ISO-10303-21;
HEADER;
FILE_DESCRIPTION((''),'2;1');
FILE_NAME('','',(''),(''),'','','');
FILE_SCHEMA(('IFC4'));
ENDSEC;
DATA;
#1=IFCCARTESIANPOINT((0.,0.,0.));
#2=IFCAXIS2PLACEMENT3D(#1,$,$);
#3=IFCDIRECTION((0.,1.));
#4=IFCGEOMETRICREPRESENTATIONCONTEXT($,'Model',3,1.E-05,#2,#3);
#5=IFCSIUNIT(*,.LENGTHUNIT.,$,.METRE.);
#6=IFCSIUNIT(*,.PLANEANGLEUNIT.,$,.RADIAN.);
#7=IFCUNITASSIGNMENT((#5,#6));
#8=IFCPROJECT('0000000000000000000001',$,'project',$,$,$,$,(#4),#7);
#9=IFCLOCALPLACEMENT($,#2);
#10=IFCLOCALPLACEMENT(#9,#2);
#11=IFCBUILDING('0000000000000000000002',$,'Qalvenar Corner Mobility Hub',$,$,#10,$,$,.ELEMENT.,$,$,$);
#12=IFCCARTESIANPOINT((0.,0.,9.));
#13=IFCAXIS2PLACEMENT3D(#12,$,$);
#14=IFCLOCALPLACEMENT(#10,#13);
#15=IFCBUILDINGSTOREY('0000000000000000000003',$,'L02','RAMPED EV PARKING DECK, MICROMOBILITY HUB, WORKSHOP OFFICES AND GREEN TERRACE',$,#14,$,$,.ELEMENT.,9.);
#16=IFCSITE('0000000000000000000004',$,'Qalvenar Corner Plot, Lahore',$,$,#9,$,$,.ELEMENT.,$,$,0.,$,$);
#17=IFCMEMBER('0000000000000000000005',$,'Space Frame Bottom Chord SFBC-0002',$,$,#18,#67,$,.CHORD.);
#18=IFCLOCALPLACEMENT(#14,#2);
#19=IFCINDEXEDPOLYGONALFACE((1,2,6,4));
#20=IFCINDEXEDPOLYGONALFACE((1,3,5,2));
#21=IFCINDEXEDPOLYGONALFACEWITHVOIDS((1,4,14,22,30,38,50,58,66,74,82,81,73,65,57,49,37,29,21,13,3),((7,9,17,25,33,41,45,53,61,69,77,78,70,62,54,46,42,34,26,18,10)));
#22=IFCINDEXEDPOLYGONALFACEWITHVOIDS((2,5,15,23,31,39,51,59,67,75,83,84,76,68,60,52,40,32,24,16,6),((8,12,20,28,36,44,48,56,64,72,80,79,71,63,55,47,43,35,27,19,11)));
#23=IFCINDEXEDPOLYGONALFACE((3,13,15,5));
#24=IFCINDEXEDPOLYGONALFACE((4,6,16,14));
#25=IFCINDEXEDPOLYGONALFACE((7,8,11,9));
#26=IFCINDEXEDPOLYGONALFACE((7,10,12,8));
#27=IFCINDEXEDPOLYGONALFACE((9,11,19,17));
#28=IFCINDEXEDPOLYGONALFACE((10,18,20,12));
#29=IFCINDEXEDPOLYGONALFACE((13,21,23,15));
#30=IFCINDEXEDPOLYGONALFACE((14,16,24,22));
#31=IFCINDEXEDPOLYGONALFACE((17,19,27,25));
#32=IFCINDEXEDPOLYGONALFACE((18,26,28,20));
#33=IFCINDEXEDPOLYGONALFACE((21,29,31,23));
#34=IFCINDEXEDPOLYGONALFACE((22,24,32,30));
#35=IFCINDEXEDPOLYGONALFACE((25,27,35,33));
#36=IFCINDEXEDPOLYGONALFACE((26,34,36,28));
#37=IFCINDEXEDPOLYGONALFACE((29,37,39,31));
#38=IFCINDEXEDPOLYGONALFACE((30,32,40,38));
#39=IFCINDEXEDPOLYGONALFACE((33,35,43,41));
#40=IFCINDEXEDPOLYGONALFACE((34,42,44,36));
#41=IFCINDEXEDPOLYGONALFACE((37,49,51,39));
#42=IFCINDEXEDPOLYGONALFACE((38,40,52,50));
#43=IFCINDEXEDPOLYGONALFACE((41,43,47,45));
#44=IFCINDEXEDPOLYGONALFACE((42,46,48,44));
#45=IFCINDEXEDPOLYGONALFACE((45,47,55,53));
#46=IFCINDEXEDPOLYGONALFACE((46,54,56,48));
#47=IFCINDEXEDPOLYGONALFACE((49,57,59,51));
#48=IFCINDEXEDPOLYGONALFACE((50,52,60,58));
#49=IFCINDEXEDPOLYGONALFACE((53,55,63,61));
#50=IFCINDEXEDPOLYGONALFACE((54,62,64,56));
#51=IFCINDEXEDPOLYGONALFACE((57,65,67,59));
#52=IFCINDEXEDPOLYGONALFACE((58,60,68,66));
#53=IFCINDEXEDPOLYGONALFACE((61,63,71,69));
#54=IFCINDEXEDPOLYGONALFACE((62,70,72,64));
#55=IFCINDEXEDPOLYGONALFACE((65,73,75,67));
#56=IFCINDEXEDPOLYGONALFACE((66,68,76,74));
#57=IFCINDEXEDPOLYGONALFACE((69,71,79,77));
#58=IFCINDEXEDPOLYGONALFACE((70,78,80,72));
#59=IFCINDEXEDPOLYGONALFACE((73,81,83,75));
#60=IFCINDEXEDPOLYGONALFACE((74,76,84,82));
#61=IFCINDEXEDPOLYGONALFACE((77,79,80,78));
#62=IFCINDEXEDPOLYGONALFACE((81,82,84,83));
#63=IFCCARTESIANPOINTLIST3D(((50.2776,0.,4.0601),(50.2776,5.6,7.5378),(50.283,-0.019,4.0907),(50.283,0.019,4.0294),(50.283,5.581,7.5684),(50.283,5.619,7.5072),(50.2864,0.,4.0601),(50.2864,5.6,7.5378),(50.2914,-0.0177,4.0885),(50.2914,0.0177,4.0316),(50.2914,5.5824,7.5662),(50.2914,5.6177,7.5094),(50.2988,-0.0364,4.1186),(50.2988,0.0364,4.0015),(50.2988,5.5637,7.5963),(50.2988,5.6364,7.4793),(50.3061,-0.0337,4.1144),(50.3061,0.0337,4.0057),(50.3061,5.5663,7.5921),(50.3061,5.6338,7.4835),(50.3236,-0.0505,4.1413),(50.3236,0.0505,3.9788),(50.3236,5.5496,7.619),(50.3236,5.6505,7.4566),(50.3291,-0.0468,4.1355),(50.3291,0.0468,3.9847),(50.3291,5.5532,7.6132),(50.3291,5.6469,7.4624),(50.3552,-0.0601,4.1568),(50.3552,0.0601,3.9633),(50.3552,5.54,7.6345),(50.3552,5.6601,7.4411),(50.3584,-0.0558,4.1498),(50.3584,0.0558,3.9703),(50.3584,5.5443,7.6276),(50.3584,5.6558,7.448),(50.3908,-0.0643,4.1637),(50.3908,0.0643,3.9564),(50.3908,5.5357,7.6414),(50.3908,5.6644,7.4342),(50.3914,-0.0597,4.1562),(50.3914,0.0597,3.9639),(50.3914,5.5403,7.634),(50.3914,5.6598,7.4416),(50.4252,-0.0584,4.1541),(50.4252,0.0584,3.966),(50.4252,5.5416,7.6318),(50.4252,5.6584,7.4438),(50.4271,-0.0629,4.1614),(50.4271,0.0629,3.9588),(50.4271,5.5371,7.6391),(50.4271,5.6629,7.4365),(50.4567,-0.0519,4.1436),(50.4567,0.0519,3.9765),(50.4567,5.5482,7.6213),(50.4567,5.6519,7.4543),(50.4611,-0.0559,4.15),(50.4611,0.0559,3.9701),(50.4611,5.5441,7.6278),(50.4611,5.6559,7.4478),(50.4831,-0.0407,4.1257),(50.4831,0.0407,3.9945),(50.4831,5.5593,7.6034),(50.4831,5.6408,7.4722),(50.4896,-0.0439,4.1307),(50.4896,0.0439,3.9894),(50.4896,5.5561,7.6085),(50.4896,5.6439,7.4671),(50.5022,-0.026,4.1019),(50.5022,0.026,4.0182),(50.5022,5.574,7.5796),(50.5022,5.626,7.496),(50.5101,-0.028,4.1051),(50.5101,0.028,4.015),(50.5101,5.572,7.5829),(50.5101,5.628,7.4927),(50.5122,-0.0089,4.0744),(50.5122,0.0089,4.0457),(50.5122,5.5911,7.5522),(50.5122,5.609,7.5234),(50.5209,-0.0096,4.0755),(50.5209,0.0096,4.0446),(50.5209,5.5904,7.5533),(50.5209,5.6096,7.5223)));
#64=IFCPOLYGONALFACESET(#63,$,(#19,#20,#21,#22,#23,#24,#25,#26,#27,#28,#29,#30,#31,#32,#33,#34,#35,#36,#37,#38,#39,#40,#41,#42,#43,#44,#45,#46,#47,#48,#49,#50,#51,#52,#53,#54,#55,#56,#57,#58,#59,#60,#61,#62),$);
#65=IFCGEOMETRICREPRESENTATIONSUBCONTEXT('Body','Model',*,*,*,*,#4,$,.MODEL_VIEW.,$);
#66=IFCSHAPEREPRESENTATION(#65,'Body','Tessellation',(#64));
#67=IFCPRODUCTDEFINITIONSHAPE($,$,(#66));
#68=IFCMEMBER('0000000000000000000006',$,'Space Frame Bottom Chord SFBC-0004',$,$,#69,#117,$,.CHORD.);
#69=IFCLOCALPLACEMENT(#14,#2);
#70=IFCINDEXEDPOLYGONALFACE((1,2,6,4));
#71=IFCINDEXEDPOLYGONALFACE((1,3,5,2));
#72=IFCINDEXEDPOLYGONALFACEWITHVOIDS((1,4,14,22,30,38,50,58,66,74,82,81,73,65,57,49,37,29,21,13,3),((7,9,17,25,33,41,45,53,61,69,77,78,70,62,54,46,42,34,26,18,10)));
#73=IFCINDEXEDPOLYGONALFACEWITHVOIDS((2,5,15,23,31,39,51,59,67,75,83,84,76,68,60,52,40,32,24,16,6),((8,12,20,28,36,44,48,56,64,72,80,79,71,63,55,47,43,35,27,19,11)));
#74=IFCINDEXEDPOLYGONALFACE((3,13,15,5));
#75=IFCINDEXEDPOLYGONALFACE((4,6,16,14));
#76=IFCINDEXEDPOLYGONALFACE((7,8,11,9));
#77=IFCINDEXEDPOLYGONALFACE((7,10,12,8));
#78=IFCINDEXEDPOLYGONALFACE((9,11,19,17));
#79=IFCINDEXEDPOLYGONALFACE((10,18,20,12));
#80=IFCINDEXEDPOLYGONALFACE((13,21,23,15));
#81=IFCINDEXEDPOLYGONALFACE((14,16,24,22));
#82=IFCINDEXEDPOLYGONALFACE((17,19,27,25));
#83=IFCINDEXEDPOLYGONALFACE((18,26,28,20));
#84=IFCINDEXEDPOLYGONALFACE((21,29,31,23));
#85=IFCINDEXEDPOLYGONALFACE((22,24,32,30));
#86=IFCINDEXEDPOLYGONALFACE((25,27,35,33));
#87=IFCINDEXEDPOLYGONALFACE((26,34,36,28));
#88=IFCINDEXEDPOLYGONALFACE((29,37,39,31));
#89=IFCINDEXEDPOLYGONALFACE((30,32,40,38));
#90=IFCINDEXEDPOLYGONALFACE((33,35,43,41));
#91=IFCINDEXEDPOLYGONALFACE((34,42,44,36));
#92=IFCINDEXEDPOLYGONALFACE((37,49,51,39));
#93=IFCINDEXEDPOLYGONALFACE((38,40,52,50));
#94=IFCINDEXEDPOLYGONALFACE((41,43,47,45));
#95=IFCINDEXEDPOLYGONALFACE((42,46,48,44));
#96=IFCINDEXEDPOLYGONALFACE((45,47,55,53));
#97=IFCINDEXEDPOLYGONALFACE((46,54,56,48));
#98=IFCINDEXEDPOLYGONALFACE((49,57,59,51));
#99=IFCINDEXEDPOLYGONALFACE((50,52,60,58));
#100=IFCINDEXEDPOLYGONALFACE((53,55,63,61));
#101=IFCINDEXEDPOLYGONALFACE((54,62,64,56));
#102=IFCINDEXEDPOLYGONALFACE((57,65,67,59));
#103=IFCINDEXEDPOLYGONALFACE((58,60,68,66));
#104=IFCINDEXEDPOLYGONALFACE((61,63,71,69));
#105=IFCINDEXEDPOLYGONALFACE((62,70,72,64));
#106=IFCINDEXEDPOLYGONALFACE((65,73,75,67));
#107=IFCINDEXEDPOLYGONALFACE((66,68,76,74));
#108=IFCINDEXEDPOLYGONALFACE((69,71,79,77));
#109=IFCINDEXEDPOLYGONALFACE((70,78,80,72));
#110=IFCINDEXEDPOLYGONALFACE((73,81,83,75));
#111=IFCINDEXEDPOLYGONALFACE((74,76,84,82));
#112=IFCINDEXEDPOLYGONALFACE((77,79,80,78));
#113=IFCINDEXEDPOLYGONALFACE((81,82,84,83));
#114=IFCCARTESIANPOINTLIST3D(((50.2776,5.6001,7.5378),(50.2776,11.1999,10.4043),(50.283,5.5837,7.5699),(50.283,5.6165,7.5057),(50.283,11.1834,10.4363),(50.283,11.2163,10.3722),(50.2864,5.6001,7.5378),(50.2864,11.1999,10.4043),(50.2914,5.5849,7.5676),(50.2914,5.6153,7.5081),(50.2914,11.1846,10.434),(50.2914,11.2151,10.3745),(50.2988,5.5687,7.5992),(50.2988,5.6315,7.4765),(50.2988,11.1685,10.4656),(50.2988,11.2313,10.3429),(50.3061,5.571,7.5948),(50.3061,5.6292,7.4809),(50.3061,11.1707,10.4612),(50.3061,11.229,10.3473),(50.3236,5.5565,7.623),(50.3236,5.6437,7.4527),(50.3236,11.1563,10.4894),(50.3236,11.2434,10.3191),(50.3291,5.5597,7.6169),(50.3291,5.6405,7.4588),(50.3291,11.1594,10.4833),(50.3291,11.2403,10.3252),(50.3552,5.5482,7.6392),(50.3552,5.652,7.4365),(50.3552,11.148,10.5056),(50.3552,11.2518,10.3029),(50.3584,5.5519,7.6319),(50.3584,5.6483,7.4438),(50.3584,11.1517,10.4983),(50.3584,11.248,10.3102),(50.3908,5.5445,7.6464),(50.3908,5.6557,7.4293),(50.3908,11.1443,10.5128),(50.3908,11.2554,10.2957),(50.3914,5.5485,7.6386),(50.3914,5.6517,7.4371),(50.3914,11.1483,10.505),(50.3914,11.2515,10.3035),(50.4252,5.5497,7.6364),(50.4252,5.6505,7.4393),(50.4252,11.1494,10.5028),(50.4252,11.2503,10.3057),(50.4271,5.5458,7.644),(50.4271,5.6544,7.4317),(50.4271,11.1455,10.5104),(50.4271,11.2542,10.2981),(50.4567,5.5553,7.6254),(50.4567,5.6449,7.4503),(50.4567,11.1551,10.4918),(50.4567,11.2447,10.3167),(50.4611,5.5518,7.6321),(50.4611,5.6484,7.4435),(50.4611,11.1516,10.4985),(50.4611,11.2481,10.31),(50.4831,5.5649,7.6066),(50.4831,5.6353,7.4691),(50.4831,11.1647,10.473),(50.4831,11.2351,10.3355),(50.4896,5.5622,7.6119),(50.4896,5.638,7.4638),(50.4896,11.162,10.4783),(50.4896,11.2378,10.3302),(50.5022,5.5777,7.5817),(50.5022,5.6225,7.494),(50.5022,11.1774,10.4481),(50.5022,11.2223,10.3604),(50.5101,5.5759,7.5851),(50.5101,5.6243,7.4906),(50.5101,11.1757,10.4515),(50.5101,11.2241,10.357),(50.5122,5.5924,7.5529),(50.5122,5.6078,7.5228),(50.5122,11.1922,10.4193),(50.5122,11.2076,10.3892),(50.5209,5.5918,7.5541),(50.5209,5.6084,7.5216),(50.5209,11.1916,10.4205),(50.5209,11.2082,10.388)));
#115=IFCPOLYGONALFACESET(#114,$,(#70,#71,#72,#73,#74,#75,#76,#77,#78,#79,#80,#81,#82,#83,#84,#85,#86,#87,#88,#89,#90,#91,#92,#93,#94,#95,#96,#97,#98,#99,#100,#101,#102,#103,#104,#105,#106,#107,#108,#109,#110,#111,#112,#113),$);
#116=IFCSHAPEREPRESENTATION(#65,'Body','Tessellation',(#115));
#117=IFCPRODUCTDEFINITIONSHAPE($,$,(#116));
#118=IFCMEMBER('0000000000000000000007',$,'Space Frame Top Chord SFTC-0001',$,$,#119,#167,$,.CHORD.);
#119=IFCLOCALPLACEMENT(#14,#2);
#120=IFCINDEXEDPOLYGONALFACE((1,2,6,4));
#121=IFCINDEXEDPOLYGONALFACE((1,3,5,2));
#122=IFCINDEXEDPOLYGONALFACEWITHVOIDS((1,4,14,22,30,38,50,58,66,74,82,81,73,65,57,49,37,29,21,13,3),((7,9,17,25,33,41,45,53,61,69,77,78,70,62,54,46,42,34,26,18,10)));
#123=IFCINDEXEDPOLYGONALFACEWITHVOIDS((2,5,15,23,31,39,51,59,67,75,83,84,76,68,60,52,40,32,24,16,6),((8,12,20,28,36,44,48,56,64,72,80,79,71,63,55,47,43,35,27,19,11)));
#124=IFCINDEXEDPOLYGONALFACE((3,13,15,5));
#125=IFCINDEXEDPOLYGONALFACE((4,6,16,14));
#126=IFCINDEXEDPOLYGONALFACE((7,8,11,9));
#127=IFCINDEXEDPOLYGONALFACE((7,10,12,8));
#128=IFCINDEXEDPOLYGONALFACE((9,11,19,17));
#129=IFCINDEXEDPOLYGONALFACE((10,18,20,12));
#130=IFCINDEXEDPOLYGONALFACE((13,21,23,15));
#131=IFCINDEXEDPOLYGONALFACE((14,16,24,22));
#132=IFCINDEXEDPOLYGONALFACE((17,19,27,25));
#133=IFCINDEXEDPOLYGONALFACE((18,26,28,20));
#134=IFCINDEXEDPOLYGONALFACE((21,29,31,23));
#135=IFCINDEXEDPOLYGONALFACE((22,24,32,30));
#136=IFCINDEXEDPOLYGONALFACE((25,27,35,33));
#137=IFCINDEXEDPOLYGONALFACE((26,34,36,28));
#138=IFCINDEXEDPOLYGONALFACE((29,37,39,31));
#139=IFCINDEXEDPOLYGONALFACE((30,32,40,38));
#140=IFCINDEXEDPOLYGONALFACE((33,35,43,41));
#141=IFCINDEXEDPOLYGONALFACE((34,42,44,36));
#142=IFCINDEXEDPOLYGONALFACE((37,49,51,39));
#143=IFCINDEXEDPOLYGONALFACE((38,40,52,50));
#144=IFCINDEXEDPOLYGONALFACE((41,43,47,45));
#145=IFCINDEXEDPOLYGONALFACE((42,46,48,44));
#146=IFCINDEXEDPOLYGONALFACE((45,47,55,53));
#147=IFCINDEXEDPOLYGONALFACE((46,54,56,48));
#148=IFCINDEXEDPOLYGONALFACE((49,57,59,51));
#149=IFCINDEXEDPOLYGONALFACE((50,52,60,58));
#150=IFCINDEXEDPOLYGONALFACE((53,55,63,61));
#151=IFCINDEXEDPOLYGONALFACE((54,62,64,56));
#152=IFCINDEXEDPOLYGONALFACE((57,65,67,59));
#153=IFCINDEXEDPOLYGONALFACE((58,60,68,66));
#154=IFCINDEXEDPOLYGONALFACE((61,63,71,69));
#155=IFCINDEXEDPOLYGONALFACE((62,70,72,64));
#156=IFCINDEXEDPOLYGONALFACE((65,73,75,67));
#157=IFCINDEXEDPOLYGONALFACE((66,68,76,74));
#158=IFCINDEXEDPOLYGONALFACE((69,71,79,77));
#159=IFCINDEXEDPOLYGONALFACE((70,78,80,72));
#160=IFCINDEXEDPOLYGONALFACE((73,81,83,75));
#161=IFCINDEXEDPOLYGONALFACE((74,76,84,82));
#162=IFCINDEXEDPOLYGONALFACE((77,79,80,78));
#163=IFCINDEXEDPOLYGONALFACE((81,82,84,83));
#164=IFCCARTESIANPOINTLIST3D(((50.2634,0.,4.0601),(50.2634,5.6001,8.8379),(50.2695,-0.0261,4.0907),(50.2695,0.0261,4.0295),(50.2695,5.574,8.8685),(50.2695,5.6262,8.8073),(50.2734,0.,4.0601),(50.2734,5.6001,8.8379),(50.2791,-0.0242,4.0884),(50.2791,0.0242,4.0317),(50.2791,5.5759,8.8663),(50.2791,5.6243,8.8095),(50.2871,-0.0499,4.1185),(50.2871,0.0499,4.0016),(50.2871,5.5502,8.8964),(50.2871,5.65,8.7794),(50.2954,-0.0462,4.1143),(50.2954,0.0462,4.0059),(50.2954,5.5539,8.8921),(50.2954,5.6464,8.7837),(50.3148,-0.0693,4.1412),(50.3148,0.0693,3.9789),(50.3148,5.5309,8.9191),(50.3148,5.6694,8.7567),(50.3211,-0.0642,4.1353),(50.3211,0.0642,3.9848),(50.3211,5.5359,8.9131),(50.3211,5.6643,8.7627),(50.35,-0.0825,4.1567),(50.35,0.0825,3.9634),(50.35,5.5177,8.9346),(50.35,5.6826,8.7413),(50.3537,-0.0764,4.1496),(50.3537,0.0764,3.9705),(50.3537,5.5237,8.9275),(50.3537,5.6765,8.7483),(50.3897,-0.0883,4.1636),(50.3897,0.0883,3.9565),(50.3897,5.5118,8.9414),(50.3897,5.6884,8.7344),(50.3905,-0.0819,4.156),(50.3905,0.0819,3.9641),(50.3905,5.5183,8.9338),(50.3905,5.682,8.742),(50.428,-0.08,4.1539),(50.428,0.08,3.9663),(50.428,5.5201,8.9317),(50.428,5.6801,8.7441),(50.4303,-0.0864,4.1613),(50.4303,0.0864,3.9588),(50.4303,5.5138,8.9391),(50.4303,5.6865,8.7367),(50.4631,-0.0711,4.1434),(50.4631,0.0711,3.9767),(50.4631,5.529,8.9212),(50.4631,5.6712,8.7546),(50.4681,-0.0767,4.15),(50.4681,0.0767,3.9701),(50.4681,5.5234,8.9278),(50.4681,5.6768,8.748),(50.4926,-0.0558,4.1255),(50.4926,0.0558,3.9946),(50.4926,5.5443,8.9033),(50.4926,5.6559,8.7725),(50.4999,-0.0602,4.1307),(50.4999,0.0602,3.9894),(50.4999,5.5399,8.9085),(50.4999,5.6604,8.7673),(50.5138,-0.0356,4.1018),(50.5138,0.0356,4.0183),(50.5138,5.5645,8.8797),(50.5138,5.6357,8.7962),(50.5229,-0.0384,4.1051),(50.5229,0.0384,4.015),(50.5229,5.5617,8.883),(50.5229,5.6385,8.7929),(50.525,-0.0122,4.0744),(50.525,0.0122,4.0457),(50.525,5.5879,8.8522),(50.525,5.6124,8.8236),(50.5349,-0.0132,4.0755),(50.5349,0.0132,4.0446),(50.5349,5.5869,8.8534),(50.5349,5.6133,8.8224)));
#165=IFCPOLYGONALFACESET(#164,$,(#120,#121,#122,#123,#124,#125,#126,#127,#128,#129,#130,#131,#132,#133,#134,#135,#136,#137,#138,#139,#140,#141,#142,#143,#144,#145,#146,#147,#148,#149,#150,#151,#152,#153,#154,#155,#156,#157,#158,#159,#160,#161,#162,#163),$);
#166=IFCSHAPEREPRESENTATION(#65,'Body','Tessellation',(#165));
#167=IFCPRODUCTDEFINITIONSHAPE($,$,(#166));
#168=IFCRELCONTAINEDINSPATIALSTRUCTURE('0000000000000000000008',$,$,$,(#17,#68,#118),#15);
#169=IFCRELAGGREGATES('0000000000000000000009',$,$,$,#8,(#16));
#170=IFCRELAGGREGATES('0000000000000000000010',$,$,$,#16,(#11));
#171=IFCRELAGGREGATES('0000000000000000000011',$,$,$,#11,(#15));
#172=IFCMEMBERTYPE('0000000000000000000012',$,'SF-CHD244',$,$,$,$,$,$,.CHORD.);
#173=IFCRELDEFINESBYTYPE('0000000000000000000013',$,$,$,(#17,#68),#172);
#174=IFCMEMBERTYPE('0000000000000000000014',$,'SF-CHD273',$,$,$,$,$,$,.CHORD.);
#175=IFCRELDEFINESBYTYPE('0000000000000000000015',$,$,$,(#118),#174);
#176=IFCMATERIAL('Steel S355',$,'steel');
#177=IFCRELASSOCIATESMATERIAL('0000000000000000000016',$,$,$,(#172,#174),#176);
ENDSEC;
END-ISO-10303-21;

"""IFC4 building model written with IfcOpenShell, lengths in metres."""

from ifc_helpers import new_model, si_unit, direction, frame, origin, origin_2d, place, context, subcontext, project, spatial, hollow_circle, extrude, material, material_profile, profile_set, type_object, element, save


model = new_model("IFC4")

# Units and contexts
model_context = context("Model", 3, precision=1e-05, world=origin(), true_north=direction((0.0, 1.0)))
body_context = subcontext(model_context, "Body", "Model", "MODEL_VIEW")
ifc_project = project(units=[si_unit("LENGTHUNIT", "METRE"), si_unit("PLANEANGLEUNIT", "RADIAN")], contexts=[model_context])

# Site, building, storey
site_placement = place(None, origin())
site = spatial("IfcSite", under=ifc_project, at=site_placement, Name="Qalvenar Corner Plot, Lahore", CompositionType="ELEMENT", RefElevation=0.0)
building_placement = place(site_placement, origin())
building = spatial("IfcBuilding", under=site, at=building_placement, Name="Qalvenar Corner Mobility Hub", CompositionType="ELEMENT")
storey_placement = place(building_placement, frame((0.0, 0.0, 9.0)))
storey = spatial("IfcBuildingStorey", under=building, at=storey_placement, Name="L02", Description="RAMPED EV PARKING DECK, MICROMOBILITY HUB, WORKSHOP OFFICES AND GREEN TERRACE", CompositionType="ELEMENT", Elevation=9.0)

# Members
ifc_material_1 = material(Name="Steel S355", Category="steel")
ifc_material_profile_1 = material_profile(ifc_material_1, hollow_circle(Radius=0.1223, WallThickness=0.0088, at=origin_2d()), Name="CHS244.5x8.8")
ifc_profile_set_1 = profile_set([ifc_material_profile_1], Name="Steel S355")
member_type_1 = type_object("IfcMemberType", Name="SF-CHD244", PredefinedType="CHORD", material=ifc_profile_set_1)
member_1_placement = place(storey_placement, frame((50.3999, 0.0, 4.0601), z_axis=(0.0, 0.849514, 0.527567), x_axis=(-1.0, 0.0, 0.0)))
element("IfcMember", 1, at=member_1_placement, inside=storey, type_object=member_type_1, Name="Space Frame Bottom Chord SFBC-0002", PredefinedType="CHORD", context=body_context, shape_type="SweptSolid", body=[
    extrude(hollow_circle(Radius=0.1223, WallThickness=0.0088, at=origin_2d()), origin(), (0.0, 0.0, 1.0), 6.592),
])
member_2_placement = place(storey_placement, frame((50.3999, 5.6001, 7.5378), z_axis=(0.0, 0.890157, 0.455654), x_axis=(-1.0, 0.0, 0.0)))
element("IfcMember", 2, at=member_2_placement, inside=storey, type_object=member_type_1, Name="Space Frame Bottom Chord SFBC-0004", PredefinedType="CHORD", context=body_context, shape_type="SweptSolid", body=[
    extrude(hollow_circle(Radius=0.1223, WallThickness=0.0088, at=origin_2d()), origin(), (0.0, 0.0, 1.0), 6.2908),
])
ifc_material_profile_2 = material_profile(ifc_material_1, hollow_circle(Radius=0.1365, WallThickness=0.01, at=origin_2d()), Name="CHS273x10")
ifc_profile_set_2 = profile_set([ifc_material_profile_2], Name="Steel S355")
member_type_2 = type_object("IfcMemberType", Name="SF-CHD273", PredefinedType="CHORD", material=ifc_profile_set_2)
member_3_placement = place(storey_placement, frame((50.3999, 0.0, 4.0601), z_axis=(0.0, 0.760748, 0.649047), x_axis=(-1.0, 0.0, 0.0)))
element("IfcMember", 3, at=member_3_placement, inside=storey, type_object=member_type_2, Name="Space Frame Top Chord SFTC-0001", PredefinedType="CHORD", context=body_context, shape_type="SweptSolid", body=[
    extrude(hollow_circle(Radius=0.1365, WallThickness=0.01, at=origin_2d()), origin(), (0.0, 0.0, 1.0), 7.3613),
])

save(model, "model.ifc")
